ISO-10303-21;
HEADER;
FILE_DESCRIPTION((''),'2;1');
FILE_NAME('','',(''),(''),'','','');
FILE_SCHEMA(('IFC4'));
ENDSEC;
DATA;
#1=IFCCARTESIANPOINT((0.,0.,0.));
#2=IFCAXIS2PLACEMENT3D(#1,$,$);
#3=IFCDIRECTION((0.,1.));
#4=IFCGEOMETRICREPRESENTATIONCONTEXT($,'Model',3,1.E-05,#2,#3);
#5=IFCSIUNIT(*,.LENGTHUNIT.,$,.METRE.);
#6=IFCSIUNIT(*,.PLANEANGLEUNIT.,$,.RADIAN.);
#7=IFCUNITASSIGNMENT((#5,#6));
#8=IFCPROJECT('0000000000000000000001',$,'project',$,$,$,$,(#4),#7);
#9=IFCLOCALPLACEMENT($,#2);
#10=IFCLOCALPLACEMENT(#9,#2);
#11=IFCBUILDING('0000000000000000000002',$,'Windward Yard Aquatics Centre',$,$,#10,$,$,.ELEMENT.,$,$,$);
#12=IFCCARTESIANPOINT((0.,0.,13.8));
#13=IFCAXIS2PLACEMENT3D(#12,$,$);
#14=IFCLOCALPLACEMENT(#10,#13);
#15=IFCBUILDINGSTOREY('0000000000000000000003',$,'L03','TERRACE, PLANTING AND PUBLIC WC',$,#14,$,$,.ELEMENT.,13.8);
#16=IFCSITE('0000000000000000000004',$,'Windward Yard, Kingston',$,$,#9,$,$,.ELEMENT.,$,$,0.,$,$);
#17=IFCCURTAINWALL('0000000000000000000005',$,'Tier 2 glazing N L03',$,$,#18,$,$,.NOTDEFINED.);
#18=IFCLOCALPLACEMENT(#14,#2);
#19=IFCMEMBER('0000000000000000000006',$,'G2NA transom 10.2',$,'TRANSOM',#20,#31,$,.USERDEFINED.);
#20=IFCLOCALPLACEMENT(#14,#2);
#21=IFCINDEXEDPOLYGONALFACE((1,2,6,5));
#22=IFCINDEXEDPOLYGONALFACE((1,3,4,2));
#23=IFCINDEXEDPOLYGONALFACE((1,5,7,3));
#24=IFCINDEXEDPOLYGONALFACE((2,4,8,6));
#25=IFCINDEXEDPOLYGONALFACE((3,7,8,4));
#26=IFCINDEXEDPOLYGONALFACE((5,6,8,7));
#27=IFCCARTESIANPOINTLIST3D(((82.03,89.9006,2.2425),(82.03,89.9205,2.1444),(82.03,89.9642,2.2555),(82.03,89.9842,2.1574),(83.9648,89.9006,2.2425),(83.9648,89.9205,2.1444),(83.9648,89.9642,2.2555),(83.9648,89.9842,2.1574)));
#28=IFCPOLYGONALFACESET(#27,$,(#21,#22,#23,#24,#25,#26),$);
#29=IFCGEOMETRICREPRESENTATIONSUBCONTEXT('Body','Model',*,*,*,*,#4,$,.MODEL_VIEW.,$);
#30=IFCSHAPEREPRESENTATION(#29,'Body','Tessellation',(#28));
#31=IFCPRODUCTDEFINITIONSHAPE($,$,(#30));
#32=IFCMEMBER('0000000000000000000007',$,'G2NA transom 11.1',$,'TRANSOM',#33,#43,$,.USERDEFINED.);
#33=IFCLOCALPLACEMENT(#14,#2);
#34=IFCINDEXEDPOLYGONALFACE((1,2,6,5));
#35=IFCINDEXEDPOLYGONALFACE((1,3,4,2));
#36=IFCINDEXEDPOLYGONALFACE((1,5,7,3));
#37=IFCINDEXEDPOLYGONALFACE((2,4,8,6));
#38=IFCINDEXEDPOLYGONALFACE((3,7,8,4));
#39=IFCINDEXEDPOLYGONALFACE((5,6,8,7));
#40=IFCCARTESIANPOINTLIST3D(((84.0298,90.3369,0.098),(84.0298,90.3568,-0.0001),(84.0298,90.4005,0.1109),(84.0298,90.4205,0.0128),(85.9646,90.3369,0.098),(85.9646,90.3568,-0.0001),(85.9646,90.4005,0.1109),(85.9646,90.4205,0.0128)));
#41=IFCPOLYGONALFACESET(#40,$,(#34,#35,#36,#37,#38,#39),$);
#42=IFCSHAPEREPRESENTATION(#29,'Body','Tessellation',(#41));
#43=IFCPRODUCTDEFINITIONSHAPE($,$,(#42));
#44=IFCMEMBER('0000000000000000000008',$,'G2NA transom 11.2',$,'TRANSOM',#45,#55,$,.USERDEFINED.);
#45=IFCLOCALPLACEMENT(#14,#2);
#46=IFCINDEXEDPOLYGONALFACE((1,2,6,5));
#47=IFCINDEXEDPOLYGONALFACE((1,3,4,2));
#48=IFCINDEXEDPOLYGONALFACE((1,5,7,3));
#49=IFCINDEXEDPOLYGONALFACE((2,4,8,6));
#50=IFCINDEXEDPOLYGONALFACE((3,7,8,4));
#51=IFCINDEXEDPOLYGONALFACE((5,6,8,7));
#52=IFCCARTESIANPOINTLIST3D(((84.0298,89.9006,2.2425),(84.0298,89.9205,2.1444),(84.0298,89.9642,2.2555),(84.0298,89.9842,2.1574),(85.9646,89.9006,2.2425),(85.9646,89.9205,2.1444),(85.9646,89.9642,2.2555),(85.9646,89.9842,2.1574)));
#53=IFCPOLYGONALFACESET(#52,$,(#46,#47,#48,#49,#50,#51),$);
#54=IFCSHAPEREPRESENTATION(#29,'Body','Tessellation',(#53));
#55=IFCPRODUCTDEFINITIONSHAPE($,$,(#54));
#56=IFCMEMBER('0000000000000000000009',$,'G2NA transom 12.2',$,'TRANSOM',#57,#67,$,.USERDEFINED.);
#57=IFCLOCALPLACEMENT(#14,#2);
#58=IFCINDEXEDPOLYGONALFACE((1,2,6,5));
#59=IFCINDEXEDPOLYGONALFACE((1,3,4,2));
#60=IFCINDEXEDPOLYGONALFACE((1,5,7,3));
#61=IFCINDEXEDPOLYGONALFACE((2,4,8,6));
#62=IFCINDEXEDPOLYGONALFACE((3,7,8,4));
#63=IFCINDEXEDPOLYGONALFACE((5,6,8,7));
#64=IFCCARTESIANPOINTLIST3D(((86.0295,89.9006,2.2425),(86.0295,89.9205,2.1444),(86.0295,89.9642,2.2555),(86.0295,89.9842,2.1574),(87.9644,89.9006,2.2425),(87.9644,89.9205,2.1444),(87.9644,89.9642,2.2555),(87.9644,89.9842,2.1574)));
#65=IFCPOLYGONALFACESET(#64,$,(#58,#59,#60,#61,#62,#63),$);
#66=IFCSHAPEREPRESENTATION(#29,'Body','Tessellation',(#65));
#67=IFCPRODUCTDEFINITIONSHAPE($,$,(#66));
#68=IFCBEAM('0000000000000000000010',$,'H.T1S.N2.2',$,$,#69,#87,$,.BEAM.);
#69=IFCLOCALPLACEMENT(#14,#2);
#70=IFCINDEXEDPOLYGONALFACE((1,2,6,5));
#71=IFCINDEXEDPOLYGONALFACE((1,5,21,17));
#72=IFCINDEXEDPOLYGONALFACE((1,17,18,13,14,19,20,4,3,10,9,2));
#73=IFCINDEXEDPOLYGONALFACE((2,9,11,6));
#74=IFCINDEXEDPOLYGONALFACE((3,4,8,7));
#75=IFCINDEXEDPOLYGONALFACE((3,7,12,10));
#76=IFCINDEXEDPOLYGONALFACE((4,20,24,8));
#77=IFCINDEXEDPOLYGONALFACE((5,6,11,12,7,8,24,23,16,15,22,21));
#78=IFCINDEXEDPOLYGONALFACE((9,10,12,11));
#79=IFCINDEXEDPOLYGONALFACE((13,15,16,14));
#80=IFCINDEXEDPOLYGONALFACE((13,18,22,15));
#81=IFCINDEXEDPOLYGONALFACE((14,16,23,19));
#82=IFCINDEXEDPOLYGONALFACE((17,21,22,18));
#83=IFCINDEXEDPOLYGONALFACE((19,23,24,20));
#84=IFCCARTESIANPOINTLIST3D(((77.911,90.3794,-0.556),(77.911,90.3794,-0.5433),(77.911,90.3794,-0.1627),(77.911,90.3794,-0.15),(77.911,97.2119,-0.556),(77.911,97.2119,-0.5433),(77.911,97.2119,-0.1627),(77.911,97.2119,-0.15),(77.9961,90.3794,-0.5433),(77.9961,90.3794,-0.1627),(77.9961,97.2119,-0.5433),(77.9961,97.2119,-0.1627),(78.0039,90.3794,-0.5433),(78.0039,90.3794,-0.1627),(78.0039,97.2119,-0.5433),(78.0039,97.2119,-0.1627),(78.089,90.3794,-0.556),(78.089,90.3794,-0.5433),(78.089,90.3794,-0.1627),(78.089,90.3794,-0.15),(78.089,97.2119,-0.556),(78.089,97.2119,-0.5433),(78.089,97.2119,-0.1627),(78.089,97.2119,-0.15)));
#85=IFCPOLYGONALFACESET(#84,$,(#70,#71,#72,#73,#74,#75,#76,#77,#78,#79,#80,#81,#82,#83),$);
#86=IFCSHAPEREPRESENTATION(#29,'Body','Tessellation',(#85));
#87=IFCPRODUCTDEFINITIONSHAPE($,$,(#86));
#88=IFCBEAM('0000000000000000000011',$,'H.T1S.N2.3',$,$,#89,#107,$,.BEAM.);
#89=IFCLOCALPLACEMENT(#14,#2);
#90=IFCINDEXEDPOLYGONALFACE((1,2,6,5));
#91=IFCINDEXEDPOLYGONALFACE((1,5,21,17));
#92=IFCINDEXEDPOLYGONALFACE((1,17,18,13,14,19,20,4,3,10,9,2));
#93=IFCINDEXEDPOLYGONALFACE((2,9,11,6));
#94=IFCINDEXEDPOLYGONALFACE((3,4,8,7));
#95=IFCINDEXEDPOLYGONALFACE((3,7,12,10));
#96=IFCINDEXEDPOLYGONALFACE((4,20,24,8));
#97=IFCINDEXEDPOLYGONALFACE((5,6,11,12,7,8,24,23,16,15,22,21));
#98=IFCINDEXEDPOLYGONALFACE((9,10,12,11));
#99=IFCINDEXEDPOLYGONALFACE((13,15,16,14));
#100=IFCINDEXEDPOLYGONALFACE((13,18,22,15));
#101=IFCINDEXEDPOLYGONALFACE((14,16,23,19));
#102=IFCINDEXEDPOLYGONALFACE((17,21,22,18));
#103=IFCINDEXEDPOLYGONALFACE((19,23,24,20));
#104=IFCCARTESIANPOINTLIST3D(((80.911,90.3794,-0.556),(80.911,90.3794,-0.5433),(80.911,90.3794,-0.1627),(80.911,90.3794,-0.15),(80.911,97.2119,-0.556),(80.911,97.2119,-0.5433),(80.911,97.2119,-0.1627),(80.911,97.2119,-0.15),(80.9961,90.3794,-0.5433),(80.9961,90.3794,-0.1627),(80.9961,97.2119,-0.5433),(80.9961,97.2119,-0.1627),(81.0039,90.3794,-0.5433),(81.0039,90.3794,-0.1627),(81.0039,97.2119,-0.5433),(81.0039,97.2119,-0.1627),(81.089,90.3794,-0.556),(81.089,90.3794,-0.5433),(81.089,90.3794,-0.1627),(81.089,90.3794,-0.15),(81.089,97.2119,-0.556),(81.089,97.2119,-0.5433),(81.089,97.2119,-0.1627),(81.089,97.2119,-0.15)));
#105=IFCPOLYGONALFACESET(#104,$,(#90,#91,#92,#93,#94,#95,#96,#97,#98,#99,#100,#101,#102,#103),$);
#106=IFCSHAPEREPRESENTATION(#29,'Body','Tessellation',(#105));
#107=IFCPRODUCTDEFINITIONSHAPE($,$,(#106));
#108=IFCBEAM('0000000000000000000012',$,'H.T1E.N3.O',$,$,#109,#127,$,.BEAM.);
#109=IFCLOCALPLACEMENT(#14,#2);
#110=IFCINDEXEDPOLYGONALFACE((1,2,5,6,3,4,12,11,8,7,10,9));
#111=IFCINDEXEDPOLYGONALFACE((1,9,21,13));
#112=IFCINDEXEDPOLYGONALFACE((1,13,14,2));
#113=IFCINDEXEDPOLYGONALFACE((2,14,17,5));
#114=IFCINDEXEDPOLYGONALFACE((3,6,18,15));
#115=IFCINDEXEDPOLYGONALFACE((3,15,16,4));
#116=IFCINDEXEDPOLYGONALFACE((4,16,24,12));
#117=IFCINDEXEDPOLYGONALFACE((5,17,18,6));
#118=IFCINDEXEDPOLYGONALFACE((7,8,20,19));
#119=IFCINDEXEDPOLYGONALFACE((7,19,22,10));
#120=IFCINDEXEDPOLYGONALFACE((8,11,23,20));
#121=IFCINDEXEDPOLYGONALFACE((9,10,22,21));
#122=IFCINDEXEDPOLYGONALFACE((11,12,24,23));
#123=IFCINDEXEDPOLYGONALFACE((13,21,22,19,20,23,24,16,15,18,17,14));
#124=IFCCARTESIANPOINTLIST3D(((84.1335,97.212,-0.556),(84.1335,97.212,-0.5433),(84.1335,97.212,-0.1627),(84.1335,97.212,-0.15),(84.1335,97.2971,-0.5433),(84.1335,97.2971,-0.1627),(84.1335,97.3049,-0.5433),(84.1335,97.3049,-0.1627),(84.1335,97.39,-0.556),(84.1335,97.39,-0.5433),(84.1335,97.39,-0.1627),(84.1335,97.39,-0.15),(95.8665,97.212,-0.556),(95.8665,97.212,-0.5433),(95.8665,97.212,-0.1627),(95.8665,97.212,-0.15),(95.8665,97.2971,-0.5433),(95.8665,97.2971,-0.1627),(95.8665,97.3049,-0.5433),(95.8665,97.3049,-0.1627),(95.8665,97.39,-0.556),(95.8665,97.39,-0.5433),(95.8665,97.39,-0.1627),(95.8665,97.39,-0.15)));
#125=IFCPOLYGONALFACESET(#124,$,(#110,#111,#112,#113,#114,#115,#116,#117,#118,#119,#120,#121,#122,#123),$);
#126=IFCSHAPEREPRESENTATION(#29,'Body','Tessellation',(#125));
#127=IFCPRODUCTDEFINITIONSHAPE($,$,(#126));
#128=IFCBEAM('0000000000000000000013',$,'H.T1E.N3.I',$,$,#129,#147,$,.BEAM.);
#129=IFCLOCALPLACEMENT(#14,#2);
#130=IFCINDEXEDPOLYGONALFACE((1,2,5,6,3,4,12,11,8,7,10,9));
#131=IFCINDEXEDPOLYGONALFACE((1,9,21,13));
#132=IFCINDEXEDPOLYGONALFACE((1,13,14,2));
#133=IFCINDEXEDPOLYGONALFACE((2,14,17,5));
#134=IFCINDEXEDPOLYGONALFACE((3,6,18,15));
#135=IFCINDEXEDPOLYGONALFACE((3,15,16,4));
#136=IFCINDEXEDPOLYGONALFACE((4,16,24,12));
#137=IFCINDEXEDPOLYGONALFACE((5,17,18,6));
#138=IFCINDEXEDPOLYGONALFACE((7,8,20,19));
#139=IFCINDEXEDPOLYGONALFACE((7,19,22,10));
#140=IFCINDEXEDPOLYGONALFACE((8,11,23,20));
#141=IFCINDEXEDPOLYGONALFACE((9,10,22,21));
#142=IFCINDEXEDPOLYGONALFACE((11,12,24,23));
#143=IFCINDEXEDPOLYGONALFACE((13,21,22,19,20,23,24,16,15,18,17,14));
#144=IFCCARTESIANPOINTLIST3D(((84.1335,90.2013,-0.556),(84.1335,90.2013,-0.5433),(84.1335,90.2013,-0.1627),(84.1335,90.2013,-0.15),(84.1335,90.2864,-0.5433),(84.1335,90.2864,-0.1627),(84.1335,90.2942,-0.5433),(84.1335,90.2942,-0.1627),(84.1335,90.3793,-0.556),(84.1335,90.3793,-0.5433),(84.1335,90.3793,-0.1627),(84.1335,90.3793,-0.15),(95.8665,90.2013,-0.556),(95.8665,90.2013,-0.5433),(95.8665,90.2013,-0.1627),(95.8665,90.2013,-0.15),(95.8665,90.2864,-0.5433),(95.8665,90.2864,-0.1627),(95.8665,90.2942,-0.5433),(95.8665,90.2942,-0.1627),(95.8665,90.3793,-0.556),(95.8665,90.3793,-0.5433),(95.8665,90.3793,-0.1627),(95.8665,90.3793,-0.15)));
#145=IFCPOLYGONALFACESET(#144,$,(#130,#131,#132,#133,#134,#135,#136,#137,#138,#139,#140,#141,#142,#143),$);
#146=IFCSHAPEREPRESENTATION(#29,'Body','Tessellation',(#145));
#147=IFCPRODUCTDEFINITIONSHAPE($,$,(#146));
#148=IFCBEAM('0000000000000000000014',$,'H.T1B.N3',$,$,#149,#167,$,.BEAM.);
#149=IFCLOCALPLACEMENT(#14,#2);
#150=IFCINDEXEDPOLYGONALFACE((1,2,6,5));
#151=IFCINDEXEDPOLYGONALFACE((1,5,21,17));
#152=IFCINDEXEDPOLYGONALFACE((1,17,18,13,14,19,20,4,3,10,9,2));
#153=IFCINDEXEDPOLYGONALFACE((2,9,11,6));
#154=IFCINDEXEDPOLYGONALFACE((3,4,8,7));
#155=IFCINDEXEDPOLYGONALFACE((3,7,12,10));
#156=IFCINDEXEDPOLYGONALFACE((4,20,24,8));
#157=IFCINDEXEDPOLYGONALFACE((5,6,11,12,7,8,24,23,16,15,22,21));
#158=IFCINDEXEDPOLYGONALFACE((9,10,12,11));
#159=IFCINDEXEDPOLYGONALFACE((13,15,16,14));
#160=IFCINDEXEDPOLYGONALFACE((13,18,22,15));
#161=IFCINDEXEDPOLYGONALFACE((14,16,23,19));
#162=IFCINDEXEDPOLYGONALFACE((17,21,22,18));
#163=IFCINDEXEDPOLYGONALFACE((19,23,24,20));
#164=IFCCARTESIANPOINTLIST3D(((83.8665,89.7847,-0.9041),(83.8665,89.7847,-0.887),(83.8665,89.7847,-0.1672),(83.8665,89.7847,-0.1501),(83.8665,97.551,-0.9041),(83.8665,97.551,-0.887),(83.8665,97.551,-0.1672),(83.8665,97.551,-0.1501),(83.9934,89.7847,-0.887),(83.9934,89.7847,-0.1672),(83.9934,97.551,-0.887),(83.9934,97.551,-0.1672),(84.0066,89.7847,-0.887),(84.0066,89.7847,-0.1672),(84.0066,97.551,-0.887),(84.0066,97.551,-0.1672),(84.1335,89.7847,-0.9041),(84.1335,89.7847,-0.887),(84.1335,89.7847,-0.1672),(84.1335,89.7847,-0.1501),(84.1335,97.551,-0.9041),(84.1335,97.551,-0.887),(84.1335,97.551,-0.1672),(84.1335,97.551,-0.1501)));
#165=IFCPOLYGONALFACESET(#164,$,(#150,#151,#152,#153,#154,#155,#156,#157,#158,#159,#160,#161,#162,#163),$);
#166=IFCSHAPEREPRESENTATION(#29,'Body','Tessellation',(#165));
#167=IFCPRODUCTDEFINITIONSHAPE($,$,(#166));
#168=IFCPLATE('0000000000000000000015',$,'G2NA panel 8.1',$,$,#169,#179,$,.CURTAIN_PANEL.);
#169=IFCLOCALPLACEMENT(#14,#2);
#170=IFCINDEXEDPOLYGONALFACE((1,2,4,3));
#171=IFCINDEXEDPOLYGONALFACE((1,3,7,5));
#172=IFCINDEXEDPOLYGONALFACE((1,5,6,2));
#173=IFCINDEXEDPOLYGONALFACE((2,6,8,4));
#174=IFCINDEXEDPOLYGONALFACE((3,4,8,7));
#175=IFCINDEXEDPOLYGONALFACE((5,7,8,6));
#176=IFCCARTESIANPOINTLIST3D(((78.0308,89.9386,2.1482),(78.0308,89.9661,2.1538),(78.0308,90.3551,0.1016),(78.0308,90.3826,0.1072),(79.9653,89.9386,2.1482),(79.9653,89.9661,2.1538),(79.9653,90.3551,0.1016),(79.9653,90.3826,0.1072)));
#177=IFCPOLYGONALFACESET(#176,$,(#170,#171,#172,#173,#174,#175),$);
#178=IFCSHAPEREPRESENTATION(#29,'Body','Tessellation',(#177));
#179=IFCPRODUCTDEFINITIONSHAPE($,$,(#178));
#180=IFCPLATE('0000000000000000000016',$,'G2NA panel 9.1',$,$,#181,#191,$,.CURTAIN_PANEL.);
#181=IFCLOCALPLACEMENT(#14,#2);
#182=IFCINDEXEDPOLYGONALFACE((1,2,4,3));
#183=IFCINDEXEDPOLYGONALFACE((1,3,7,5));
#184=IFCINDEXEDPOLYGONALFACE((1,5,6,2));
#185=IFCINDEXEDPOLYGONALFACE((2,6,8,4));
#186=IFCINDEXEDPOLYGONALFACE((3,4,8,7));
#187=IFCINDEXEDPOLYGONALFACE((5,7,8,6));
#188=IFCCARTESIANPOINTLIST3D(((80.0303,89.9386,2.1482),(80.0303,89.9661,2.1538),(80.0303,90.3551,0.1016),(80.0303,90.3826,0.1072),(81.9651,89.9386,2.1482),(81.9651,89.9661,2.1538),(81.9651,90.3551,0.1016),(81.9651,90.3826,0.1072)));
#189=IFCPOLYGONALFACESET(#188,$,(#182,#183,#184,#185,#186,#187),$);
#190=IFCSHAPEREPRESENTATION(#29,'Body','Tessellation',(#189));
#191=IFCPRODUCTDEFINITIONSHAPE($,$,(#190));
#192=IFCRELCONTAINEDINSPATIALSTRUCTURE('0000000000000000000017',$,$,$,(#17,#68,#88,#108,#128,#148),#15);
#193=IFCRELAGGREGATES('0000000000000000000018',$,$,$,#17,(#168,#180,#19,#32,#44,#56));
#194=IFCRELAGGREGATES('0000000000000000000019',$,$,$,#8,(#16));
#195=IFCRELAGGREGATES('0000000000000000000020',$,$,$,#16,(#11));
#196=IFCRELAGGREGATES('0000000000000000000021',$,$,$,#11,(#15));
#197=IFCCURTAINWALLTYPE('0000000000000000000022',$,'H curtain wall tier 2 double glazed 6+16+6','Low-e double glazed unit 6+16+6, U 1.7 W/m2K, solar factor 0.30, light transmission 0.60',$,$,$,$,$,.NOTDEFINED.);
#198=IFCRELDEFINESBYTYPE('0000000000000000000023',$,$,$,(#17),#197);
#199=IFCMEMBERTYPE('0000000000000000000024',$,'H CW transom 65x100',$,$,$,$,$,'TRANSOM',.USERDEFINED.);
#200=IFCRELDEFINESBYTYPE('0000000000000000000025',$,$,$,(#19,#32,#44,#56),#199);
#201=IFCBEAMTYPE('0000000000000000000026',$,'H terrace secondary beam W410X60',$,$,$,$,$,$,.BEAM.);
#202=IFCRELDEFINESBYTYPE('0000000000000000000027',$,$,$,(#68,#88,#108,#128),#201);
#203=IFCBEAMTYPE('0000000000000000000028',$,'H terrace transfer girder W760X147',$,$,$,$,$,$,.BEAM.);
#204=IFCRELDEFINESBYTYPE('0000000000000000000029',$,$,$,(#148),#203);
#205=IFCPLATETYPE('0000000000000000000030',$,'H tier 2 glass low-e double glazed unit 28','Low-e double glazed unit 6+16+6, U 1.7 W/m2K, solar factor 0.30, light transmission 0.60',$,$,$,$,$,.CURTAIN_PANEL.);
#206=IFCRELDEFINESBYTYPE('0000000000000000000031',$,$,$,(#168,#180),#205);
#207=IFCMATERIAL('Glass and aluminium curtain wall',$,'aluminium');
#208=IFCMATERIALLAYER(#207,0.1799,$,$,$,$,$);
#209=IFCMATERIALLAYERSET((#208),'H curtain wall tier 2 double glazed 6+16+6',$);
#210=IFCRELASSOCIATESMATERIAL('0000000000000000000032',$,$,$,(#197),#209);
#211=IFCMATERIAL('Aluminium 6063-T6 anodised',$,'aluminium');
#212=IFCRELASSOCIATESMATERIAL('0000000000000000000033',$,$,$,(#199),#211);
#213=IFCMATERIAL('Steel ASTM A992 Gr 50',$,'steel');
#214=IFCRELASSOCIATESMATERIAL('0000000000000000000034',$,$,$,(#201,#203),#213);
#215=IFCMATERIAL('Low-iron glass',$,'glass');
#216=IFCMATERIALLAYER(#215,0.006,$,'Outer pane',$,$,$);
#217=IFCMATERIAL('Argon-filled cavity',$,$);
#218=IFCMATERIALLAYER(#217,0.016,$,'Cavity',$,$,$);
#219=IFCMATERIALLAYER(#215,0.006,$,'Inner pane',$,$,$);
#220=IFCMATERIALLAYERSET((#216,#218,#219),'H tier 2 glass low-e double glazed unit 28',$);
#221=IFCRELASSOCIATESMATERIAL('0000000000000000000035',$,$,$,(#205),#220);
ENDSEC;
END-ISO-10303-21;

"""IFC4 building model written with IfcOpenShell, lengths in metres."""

from ifc_helpers import new_model, si_unit, direction, frame, origin, origin_2d, place, context, subcontext, project, spatial, polyline, rectangle, i_section, outline, extrude, material, layer, layer_set, material_profile, profile_set, type_object, element, aggregate, save


model = new_model("IFC4")

# Units and contexts
model_context = context("Model", 3, precision=1e-05, world=origin(), true_north=direction((0.0, 1.0)))
body_context = subcontext(model_context, "Body", "Model", "MODEL_VIEW")
ifc_project = project(units=[si_unit("LENGTHUNIT", "METRE"), si_unit("PLANEANGLEUNIT", "RADIAN")], contexts=[model_context])

# Site, building, storey
site_placement = place(None, origin())
site = spatial("IfcSite", under=ifc_project, at=site_placement, Name="Windward Yard, Kingston", CompositionType="ELEMENT", RefElevation=0.0)
building_placement = place(site_placement, origin())
building = spatial("IfcBuilding", under=site, at=building_placement, Name="Windward Yard Aquatics Centre", CompositionType="ELEMENT")
storey_placement = place(building_placement, frame((0.0, 0.0, 13.8)))
storey = spatial("IfcBuildingStorey", under=building, at=storey_placement, Name="L03", Description="TERRACE, PLANTING AND PUBLIC WC", CompositionType="ELEMENT", Elevation=13.8)

# Curtain wall, members
ifc_material_1 = material(Name="Glass and aluminium curtain wall", Category="aluminium")
ifc_layer_1 = layer(ifc_material_1, 0.1799)
ifc_layer_set_1 = layer_set([ifc_layer_1], Name="H curtain wall tier 2 double glazed 6+16+6")
curtain_wall_type = type_object("IfcCurtainWallType", Name="H curtain wall tier 2 double glazed 6+16+6", Description="Low-e double glazed unit 6+16+6, U 1.7 W/m2K, solar factor 0.30, light transmission 0.60", PredefinedType="NOTDEFINED", material=ifc_layer_set_1)
curtain_wall_placement = place(storey_placement, origin())
curtain_wall = element("IfcCurtainWall", 1, at=curtain_wall_placement, inside=storey, type_object=curtain_wall_type, Name="Tier 2 glazing N L03", PredefinedType="NOTDEFINED")
ifc_material_2 = material(Name="Aluminium 6063-T6 anodised", Category="aluminium")
ifc_material_profile_1 = material_profile(ifc_material_2, rectangle(XDim=0.0649, YDim=0.1001, at=origin_2d()), Name="H CW transom 65x100")
ifc_profile_set_1 = profile_set([ifc_material_profile_1], Name="Aluminium 6063-T6 anodised")
member_type_1 = type_object("IfcMemberType", Name="H CW transom 65x100", ElementType="TRANSOM", PredefinedType="USERDEFINED", material=ifc_profile_set_1)
member_1_placement = place(storey_placement, frame((82.03, 89.9424, 2.2), z_axis=(1.0, 0.0, 0.0), x_axis=(0.0, 0.979925, 0.199368)))
member_1 = element("IfcMember", 2, at=member_1_placement, type_object=member_type_1, Name="G2NA transom 10.2", ObjectType="TRANSOM", PredefinedType="USERDEFINED", context=body_context, shape_type="SweptSolid", body=[
    extrude(rectangle(XDim=0.0649, YDim=0.1001, at=origin_2d()), origin(), (0.0, 0.0, 1.0), 1.9348),
])
member_2_placement = place(storey_placement, frame((84.0298, 90.3787, 0.0554), z_axis=(1.0, 0.0, 0.0), x_axis=(0.0, 0.979925, 0.199368)))
member_2 = element("IfcMember", 3, at=member_2_placement, type_object=member_type_1, Name="G2NA transom 11.1", ObjectType="TRANSOM", PredefinedType="USERDEFINED", context=body_context, shape_type="SweptSolid", body=[
    extrude(rectangle(XDim=0.0649, YDim=0.1001, at=origin_2d()), origin(), (0.0, 0.0, 1.0), 1.9348),
])
member_3_placement = place(storey_placement, frame((84.0298, 89.9424, 2.2), z_axis=(1.0, 0.0, 0.0), x_axis=(0.0, 0.979925, 0.199368)))
member_3 = element("IfcMember", 4, at=member_3_placement, type_object=member_type_1, Name="G2NA transom 11.2", ObjectType="TRANSOM", PredefinedType="USERDEFINED", context=body_context, shape_type="SweptSolid", body=[
    extrude(rectangle(XDim=0.0649, YDim=0.1001, at=origin_2d()), origin(), (0.0, 0.0, 1.0), 1.9348),
])
member_4_placement = place(storey_placement, frame((86.0295, 89.9424, 2.2), z_axis=(1.0, 0.0, 0.0), x_axis=(0.0, 0.979925, 0.199368)))
member_4 = element("IfcMember", 5, at=member_4_placement, type_object=member_type_1, Name="G2NA transom 12.2", ObjectType="TRANSOM", PredefinedType="USERDEFINED", context=body_context, shape_type="SweptSolid", body=[
    extrude(rectangle(XDim=0.0649, YDim=0.1001, at=origin_2d()), origin(), (0.0, 0.0, 1.0), 1.9348),
])

# Beams
ifc_material_3 = material(Name="Steel ASTM A992 Gr 50", Category="steel")
ifc_material_profile_2 = material_profile(ifc_material_3, i_section(OverallWidth=0.178, OverallDepth=0.406, WebThickness=0.0078, FlangeThickness=0.0127, at=origin_2d()), Name="W410X60")
ifc_profile_set_2 = profile_set([ifc_material_profile_2], Name="Steel ASTM A992 Gr 50")
beam_type_1 = type_object("IfcBeamType", Name="H terrace secondary beam W410X60", PredefinedType="BEAM", material=ifc_profile_set_2)
for number, where, z_axis, x_axis, name in (
    (6, (78.0, 97.2119, -0.353), (0.0, -1.0, 0.0), (1.0, 0.0, 0.0), "H.T1S.N2.2"),
    (7, (81.0, 97.2119, -0.353), (0.0, -1.0, 0.0), (1.0, 0.0, 0.0), "H.T1S.N2.3"),
):
    element("IfcBeam", number, at=place(storey_placement, frame(where, z_axis=z_axis, x_axis=x_axis)), inside=storey, type_object=beam_type_1, Name=name, PredefinedType="BEAM", context=body_context, shape_type="SweptSolid", body=[
        extrude(i_section(OverallWidth=0.178, OverallDepth=0.406, WebThickness=0.0078, FlangeThickness=0.0127, at=origin_2d()), origin(), (0.0, 0.0, 1.0), 6.8325),
    ])
for number, where, z_axis, x_axis, name in (
    (8, (84.1335, 97.301, -0.353), (1.0, 0.0, 0.0), (0.0, 1.0, 0.0), "H.T1E.N3.O"),
    (9, (84.1335, 90.2903, -0.353), (1.0, 0.0, 0.0), (0.0, 1.0, 0.0), "H.T1E.N3.I"),
):
    element("IfcBeam", number, at=place(storey_placement, frame(where, z_axis=z_axis, x_axis=x_axis)), inside=storey, type_object=beam_type_1, Name=name, PredefinedType="BEAM", context=body_context, shape_type="SweptSolid", body=[
        extrude(i_section(OverallWidth=0.178, OverallDepth=0.406, WebThickness=0.0078, FlangeThickness=0.0127, at=origin_2d()), origin(), (0.0, 0.0, 1.0), 11.7329),
    ])
ifc_material_profile_3 = material_profile(ifc_material_3, i_section(OverallWidth=0.2671, OverallDepth=0.7539, WebThickness=0.0132, FlangeThickness=0.0171, at=origin_2d()), Name="W760X147")
ifc_profile_set_3 = profile_set([ifc_material_profile_3], Name="Steel ASTM A992 Gr 50")
beam_type_2 = type_object("IfcBeamType", Name="H terrace transfer girder W760X147", PredefinedType="BEAM", material=ifc_profile_set_3)
beam_placement = place(storey_placement, frame((84.0, 97.551, -0.5271), z_axis=(0.0, -1.0, 0.0), x_axis=(1.0, 0.0, 0.0)))
element("IfcBeam", 10, at=beam_placement, inside=storey, type_object=beam_type_2, Name="H.T1B.N3", PredefinedType="BEAM", context=body_context, shape_type="SweptSolid", body=[
    extrude(i_section(OverallWidth=0.2671, OverallDepth=0.7539, WebThickness=0.0132, FlangeThickness=0.0171, at=origin_2d()), origin(), (0.0, 0.0, 1.0), 7.7664),
])

# Plates
ifc_material_4 = material(Name="Low-iron glass", Category="glass")
ifc_layer_2 = layer(ifc_material_4, 0.006, Name="Outer pane")
ifc_material_5 = material(Name="Argon-filled cavity")
ifc_layer_3 = layer(ifc_material_5, 0.016, Name="Cavity")
ifc_layer_4 = layer(ifc_material_4, 0.006, Name="Inner pane")
ifc_layer_set_2 = layer_set([ifc_layer_2, ifc_layer_3, ifc_layer_4], Name="H tier 2 glass low-e double glazed unit 28")
plate_type = type_object("IfcPlateType", Name="H tier 2 glass low-e double glazed unit 28", Description="Low-e double glazed unit 6+16+6, U 1.7 W/m2K, solar factor 0.30, light transmission 0.60", PredefinedType="CURTAIN_PANEL", material=ifc_layer_set_2)
plate_1_placement = place(storey_placement, frame((78.0308, 89.9661, 2.1538), z_axis=(0.0, 0.979914, 0.199419), x_axis=(0.0, 0.199419, -0.979914)))
plate_1 = element("IfcPlate", 11, at=plate_1_placement, type_object=plate_type, Name="G2NA panel 8.1", PredefinedType="CURTAIN_PANEL", context=body_context, shape_type="SweptSolid", body=[
    extrude(outline(polyline([(0.0, 0.0), (2.0886, 0.0), (2.0886, -1.9346), (0.0, -1.9346), (0.0, 0.0)])), origin(), (0.0, 0.0, -1.0), 0.0281),
])
plate_2_placement = place(storey_placement, frame((80.0303, 89.9661, 2.1538), z_axis=(0.0, 0.979914, 0.199419), x_axis=(0.0, 0.199419, -0.979914)))
plate_2 = element("IfcPlate", 12, at=plate_2_placement, type_object=plate_type, Name="G2NA panel 9.1", PredefinedType="CURTAIN_PANEL", context=body_context, shape_type="SweptSolid", body=[
    extrude(outline(polyline([(0.0, 0.0), (2.0886, 0.0), (2.0886, -1.9348), (0.0, -1.9348), (0.0, 0.0)])), origin(), (0.0, 0.0, -1.0), 0.0281),
])
aggregate(curtain_wall, [plate_1, plate_2, member_1, member_2, member_3, member_4])

save(model, "model.ifc")
